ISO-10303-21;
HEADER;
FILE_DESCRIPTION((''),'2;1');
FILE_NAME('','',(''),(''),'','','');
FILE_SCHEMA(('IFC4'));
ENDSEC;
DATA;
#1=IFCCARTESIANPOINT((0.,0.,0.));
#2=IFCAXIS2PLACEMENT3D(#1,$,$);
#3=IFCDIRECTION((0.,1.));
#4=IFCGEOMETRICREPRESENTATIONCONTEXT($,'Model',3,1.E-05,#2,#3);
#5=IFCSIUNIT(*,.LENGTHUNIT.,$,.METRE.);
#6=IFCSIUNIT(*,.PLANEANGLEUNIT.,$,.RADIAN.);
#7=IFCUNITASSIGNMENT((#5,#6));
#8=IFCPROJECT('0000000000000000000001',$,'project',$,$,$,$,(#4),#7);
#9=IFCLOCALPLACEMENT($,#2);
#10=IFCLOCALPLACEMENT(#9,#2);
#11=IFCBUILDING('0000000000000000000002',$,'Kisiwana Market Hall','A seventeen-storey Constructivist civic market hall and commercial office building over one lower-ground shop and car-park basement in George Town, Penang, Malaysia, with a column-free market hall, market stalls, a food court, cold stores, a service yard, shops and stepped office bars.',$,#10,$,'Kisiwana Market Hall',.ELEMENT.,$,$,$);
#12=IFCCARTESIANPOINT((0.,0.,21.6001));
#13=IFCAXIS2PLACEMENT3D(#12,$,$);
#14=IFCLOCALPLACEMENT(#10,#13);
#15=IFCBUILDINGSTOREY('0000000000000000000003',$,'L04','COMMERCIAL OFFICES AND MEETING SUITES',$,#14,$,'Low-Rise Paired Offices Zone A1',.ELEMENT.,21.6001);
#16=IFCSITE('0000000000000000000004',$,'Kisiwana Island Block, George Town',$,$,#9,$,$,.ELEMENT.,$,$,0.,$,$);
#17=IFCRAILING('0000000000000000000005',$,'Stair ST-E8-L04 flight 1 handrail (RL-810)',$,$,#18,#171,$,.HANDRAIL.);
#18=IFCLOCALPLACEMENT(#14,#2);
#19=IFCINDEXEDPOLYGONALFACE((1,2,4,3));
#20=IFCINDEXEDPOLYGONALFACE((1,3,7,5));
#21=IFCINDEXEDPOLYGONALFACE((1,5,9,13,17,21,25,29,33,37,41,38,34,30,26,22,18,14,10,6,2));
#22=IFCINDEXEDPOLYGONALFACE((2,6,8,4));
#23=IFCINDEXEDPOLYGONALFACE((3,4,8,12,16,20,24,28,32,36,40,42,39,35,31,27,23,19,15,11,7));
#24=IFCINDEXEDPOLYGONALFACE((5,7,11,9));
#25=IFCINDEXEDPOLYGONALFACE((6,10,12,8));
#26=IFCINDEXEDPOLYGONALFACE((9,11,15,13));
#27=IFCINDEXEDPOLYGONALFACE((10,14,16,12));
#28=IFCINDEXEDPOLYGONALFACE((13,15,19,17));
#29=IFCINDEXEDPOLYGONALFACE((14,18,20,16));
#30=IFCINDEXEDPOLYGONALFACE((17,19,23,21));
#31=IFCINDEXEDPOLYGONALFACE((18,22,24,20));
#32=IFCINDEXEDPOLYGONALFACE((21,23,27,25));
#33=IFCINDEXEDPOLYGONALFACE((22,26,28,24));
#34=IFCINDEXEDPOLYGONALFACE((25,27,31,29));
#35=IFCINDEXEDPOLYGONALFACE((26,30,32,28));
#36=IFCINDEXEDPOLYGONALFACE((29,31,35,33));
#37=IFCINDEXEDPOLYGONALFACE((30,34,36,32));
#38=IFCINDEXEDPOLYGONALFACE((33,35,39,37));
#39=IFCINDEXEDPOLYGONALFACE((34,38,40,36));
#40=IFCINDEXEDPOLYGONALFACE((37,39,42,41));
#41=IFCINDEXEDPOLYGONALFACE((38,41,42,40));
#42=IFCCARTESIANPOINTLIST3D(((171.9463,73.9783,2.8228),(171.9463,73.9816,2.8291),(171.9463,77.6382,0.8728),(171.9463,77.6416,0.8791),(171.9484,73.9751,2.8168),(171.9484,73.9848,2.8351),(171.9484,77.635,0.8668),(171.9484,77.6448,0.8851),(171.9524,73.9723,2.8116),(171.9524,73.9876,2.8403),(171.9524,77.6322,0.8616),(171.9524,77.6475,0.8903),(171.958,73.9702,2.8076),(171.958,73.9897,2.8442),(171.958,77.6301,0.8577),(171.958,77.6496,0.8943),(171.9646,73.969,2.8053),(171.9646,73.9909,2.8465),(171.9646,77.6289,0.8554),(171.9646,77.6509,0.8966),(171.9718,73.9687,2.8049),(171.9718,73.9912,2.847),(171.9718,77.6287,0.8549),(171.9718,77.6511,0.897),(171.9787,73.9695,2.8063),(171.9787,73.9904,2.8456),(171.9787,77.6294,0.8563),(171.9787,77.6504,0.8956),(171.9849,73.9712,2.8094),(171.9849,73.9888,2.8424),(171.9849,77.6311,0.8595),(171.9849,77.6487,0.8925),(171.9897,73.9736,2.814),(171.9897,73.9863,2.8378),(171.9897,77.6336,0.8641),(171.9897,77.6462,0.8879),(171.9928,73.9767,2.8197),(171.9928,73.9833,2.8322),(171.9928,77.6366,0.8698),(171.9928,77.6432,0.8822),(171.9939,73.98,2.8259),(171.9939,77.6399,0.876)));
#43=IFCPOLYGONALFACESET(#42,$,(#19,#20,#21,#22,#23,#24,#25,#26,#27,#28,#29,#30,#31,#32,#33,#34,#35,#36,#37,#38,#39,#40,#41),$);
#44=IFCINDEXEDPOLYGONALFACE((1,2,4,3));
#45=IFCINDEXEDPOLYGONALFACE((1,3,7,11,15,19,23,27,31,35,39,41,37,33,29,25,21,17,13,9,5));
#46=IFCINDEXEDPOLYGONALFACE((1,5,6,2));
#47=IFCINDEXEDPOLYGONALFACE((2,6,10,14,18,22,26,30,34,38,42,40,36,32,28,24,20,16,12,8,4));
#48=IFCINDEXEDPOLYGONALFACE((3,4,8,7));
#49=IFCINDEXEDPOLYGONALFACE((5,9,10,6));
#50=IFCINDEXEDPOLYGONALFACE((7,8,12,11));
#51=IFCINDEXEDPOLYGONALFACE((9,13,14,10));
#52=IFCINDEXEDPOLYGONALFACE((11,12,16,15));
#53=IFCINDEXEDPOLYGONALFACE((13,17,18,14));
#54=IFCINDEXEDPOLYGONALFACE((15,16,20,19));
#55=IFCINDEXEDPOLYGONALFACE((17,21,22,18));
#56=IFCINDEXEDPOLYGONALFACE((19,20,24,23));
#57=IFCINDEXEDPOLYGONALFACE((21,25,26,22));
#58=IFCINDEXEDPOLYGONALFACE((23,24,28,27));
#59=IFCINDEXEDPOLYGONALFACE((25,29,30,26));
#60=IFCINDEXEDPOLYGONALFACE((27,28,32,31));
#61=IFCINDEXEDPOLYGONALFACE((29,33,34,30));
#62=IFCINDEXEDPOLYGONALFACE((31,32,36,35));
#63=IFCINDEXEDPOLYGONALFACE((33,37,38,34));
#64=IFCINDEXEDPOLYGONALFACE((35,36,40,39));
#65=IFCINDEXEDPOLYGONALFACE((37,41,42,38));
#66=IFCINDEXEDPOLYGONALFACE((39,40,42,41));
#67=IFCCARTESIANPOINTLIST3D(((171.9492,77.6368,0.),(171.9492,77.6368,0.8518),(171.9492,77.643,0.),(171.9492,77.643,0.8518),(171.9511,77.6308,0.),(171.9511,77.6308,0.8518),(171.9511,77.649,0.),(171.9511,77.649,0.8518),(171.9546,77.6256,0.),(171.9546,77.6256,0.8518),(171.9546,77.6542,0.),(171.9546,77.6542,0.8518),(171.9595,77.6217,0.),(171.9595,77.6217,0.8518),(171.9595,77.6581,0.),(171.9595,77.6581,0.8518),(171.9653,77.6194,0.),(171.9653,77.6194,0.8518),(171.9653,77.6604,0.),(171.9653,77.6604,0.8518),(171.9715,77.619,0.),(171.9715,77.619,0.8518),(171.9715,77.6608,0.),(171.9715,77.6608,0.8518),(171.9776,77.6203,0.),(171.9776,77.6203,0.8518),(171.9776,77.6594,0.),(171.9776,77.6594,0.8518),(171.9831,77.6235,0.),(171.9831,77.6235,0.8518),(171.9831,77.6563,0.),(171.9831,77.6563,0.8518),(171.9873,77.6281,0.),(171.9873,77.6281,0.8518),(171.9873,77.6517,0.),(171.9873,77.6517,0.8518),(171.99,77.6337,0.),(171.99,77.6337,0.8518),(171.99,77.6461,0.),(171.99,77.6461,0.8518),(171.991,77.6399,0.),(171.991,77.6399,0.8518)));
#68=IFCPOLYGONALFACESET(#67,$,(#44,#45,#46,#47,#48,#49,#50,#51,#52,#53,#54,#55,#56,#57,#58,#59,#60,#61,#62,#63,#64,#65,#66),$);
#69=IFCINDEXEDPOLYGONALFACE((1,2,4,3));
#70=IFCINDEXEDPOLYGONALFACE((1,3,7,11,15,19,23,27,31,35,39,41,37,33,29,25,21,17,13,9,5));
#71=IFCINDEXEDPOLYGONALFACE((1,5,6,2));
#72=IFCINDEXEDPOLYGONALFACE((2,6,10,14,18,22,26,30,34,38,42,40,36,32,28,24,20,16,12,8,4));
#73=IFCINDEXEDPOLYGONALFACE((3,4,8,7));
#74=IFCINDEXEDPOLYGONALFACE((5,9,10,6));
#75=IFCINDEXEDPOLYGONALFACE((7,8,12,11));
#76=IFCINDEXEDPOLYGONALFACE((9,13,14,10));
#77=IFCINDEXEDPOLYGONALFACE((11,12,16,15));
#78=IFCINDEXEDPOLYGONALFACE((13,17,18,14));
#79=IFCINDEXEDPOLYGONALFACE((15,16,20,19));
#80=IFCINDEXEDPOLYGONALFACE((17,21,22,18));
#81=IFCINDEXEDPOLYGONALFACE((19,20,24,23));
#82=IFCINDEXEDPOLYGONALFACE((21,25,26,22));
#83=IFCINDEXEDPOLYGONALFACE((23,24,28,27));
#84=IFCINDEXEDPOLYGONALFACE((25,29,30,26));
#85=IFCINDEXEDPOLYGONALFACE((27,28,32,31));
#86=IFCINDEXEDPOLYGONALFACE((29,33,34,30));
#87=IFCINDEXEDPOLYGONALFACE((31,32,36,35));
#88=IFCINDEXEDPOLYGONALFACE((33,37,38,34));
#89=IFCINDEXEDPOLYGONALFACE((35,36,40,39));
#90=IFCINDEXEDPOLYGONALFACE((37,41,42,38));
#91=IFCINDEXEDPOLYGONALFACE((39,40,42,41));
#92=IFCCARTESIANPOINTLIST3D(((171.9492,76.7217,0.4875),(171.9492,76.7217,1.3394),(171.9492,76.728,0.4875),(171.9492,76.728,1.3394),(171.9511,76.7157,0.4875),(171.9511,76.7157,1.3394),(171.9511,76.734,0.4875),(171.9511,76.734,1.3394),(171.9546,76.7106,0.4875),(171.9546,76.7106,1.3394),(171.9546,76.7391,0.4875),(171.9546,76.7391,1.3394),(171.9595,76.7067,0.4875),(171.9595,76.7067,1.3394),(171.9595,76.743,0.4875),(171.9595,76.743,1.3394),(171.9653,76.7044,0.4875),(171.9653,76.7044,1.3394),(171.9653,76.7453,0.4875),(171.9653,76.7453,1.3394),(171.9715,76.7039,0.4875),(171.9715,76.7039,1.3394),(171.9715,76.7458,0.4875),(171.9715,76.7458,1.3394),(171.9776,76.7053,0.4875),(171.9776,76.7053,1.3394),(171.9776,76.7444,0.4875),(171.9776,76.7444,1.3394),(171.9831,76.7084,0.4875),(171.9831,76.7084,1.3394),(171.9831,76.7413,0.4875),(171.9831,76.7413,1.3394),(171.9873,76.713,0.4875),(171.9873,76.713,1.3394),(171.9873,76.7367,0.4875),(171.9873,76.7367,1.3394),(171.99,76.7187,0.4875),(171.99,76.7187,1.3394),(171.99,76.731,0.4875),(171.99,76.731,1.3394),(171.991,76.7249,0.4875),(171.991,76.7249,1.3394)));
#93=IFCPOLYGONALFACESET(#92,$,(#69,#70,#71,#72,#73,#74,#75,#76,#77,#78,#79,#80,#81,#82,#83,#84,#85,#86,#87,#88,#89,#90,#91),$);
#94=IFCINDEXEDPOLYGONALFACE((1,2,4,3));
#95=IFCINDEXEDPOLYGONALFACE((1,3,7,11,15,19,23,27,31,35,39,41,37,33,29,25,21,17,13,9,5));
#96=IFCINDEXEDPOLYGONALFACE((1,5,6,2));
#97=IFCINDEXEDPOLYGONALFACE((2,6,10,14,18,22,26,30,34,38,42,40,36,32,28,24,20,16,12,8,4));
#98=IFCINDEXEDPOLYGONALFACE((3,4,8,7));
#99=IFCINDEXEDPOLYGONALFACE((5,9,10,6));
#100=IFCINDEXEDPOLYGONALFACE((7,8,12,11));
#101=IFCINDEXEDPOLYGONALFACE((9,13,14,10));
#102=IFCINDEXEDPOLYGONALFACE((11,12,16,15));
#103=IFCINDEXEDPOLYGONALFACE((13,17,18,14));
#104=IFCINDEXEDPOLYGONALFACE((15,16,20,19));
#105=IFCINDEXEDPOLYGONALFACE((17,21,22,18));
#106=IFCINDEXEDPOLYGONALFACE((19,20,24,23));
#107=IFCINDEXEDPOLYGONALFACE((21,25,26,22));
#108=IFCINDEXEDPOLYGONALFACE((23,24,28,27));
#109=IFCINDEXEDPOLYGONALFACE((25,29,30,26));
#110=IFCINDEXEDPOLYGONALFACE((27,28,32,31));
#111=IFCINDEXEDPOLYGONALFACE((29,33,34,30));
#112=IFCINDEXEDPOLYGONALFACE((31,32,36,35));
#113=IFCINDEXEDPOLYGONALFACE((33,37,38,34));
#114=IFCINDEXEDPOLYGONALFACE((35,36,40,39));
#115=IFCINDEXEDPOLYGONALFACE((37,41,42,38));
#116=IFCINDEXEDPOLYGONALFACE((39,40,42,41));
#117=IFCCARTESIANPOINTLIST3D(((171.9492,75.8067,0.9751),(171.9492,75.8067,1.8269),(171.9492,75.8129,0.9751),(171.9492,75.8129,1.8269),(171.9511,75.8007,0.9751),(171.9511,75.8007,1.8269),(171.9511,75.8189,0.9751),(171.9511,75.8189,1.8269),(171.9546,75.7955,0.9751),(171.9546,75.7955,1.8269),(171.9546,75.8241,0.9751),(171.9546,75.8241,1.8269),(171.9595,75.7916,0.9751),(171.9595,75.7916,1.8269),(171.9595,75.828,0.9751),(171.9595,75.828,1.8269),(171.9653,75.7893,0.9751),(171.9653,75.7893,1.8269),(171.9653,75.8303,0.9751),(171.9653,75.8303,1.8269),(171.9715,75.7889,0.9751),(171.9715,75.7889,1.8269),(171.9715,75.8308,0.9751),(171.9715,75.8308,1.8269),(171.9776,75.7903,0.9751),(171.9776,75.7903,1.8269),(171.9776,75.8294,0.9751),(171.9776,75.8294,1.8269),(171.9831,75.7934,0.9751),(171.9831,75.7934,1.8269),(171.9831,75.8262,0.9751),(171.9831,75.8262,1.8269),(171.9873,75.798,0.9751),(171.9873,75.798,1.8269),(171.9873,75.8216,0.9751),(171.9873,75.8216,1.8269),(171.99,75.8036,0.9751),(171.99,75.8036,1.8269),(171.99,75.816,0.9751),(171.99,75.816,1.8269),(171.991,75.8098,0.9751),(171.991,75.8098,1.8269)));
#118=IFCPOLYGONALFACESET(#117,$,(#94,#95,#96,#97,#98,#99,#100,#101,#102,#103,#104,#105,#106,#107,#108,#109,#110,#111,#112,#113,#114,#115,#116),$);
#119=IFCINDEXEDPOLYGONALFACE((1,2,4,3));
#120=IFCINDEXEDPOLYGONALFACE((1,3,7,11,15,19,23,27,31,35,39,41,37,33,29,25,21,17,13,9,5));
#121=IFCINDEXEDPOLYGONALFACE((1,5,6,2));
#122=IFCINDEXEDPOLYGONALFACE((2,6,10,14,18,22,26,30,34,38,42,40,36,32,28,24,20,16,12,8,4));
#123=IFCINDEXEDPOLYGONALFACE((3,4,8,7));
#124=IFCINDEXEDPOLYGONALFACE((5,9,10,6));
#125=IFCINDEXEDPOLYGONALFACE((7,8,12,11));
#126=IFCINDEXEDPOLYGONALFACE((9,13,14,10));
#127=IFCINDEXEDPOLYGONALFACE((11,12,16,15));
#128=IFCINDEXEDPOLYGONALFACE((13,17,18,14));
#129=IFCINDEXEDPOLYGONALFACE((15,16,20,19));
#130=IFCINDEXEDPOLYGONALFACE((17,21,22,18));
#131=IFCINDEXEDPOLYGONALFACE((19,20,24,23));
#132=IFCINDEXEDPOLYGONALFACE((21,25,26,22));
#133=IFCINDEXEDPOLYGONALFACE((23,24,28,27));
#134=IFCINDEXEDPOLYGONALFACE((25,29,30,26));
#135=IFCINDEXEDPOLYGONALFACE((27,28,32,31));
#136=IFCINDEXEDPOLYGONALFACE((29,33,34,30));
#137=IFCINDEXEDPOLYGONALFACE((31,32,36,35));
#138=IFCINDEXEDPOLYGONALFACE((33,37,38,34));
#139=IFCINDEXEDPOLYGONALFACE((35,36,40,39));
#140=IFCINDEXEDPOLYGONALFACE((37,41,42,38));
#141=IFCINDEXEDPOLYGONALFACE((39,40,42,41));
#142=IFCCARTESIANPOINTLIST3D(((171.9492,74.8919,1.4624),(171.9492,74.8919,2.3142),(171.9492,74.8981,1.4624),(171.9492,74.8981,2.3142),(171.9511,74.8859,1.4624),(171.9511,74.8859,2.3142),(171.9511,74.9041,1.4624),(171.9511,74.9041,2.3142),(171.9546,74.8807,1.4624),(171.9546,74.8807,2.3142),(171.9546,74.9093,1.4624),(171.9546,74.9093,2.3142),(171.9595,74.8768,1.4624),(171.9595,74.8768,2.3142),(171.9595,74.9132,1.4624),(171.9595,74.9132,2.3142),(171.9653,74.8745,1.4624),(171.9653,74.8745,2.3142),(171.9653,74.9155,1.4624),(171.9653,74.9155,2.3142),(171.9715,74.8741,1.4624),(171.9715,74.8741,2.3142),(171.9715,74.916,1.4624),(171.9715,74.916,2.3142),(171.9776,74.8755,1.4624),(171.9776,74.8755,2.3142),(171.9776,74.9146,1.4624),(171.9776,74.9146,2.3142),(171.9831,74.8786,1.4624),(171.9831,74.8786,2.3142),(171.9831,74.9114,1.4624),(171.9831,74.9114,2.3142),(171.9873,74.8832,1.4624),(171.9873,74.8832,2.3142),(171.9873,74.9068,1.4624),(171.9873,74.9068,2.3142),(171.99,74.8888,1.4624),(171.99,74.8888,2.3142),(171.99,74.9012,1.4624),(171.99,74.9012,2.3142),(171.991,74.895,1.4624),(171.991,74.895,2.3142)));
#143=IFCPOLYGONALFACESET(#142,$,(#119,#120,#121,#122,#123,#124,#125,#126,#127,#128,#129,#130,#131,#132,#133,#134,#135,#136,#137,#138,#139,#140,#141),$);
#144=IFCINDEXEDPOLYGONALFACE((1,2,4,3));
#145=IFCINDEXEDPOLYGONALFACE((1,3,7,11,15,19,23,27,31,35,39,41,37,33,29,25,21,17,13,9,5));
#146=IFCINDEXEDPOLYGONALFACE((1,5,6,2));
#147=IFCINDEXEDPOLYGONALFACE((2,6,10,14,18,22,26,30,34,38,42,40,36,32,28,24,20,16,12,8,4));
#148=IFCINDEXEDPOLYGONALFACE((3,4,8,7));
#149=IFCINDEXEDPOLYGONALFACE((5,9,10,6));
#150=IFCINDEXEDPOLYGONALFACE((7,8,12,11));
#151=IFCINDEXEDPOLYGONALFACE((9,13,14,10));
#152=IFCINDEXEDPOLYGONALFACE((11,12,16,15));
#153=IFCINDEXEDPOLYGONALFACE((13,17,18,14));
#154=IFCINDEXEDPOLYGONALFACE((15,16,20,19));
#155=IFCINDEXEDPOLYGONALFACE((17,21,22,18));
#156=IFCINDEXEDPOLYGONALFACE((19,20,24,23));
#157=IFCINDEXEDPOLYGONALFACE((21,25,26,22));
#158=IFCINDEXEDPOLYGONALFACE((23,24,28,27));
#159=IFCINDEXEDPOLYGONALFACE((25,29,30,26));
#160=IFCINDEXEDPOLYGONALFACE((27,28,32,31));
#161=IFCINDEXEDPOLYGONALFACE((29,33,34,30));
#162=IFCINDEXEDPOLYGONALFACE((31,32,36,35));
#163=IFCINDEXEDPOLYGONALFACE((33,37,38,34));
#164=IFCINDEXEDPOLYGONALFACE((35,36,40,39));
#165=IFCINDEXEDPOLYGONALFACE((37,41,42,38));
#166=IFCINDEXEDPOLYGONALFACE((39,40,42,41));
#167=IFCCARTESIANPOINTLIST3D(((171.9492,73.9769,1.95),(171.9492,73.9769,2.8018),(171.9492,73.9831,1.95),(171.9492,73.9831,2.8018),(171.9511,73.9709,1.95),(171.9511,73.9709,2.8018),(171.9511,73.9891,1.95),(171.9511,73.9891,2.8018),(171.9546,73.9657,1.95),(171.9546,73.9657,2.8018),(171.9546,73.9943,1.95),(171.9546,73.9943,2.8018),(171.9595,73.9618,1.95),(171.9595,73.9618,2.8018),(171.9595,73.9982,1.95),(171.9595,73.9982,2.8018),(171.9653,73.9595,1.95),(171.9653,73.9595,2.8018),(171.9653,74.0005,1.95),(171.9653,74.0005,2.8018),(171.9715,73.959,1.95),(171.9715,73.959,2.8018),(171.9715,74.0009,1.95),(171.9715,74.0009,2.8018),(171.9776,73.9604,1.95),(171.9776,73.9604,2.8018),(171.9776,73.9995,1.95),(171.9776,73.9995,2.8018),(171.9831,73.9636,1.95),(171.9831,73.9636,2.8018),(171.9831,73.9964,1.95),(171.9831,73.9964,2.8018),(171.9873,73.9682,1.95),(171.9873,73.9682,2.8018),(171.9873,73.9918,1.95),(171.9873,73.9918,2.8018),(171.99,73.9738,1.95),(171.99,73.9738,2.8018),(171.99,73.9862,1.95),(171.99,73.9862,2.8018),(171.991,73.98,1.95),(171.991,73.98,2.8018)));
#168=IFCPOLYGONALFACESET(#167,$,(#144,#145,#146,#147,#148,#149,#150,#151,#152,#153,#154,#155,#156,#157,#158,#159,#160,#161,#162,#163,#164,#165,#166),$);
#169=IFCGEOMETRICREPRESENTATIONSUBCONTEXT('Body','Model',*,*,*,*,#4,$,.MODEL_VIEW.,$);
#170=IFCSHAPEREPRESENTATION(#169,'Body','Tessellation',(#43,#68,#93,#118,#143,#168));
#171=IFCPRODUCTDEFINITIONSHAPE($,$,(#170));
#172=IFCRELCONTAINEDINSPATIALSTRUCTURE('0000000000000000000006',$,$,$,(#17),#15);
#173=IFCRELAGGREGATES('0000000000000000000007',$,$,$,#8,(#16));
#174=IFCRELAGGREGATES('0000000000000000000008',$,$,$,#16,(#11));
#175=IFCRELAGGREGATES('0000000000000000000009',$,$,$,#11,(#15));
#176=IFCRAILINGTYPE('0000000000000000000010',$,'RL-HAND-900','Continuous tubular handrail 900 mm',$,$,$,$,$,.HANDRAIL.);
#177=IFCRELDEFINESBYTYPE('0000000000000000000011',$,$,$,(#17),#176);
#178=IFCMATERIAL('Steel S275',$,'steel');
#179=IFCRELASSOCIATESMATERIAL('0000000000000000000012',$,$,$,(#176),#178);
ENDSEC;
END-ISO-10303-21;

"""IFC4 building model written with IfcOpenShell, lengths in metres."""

from ifc_helpers import new_model, si_unit, direction, frame, origin, origin_2d, place, context, subcontext, project, spatial, circle, extrude, material, type_object, element, save


model = new_model("IFC4")

# Units and contexts
model_context = context("Model", 3, precision=1e-05, world=origin(), true_north=direction((0.0, 1.0)))
body_context = subcontext(model_context, "Body", "Model", "MODEL_VIEW")
ifc_project = project(units=[si_unit("LENGTHUNIT", "METRE"), si_unit("PLANEANGLEUNIT", "RADIAN")], contexts=[model_context])

# Site, building, storey
site_placement = place(None, origin())
site = spatial("IfcSite", under=ifc_project, at=site_placement, Name="Kisiwana Island Block, George Town", CompositionType="ELEMENT", RefElevation=0.0)
building_placement = place(site_placement, origin())
building = spatial("IfcBuilding", under=site, at=building_placement, Name="Kisiwana Market Hall", Description="A seventeen-storey Constructivist civic market hall and commercial office building over one lower-ground shop and car-park basement in George Town, Penang, Malaysia, with a column-free market hall, market stalls, a food court, cold stores, a service yard, shops and stepped office bars.", LongName="Kisiwana Market Hall", CompositionType="ELEMENT")
storey_placement = place(building_placement, frame((0.0, 0.0, 21.6001)))
storey = spatial("IfcBuildingStorey", under=building, at=storey_placement, Name="L04", Description="COMMERCIAL OFFICES AND MEETING SUITES", LongName="Low-Rise Paired Offices Zone A1", CompositionType="ELEMENT", Elevation=21.6001)

# Railing
ifc_material_1 = material(Name="Steel S275", Category="steel")
railing_type_1 = type_object("IfcRailingType", Name="RL-HAND-900", Description="Continuous tubular handrail 900 mm", PredefinedType="HANDRAIL", material=ifc_material_1)
railing_1_placement = place(storey_placement, frame((171.97, 77.6399, 0.0)))
element("IfcRailing", 1, at=railing_1_placement, inside=storey, type_object=railing_type_1, Name="Stair ST-E8-L04 flight 1 handrail (RL-810)", PredefinedType="HANDRAIL", context=body_context, shape_type="SweptSolid", body=[
    extrude(circle(Radius=0.0239, at=origin_2d()), frame((0.0, 0.0, 0.876), z_axis=(0.0, -0.882553, 0.470212), x_axis=(1.0, 0.0, 0.0)), (0.0, 0.0, 1.0), 4.147),
    extrude(circle(Radius=0.021, at=origin_2d()), origin(), (0.0, 0.0, 1.0), 0.8518),
    extrude(circle(Radius=0.021, at=origin_2d()), frame((0.0, -0.915, 0.4875)), (0.0, 0.0, 1.0), 0.8518),
    extrude(circle(Radius=0.021, at=origin_2d()), frame((0.0, -1.8301, 0.9751)), (0.0, 0.0, 1.0), 0.8518),
    extrude(circle(Radius=0.021, at=origin_2d()), frame((0.0, -2.7449, 1.4624)), (0.0, 0.0, 1.0), 0.8518),
    extrude(circle(Radius=0.021, at=origin_2d()), frame((0.0, -3.6599, 1.95)), (0.0, 0.0, 1.0), 0.8518),
])

save(model, "model.ifc")
